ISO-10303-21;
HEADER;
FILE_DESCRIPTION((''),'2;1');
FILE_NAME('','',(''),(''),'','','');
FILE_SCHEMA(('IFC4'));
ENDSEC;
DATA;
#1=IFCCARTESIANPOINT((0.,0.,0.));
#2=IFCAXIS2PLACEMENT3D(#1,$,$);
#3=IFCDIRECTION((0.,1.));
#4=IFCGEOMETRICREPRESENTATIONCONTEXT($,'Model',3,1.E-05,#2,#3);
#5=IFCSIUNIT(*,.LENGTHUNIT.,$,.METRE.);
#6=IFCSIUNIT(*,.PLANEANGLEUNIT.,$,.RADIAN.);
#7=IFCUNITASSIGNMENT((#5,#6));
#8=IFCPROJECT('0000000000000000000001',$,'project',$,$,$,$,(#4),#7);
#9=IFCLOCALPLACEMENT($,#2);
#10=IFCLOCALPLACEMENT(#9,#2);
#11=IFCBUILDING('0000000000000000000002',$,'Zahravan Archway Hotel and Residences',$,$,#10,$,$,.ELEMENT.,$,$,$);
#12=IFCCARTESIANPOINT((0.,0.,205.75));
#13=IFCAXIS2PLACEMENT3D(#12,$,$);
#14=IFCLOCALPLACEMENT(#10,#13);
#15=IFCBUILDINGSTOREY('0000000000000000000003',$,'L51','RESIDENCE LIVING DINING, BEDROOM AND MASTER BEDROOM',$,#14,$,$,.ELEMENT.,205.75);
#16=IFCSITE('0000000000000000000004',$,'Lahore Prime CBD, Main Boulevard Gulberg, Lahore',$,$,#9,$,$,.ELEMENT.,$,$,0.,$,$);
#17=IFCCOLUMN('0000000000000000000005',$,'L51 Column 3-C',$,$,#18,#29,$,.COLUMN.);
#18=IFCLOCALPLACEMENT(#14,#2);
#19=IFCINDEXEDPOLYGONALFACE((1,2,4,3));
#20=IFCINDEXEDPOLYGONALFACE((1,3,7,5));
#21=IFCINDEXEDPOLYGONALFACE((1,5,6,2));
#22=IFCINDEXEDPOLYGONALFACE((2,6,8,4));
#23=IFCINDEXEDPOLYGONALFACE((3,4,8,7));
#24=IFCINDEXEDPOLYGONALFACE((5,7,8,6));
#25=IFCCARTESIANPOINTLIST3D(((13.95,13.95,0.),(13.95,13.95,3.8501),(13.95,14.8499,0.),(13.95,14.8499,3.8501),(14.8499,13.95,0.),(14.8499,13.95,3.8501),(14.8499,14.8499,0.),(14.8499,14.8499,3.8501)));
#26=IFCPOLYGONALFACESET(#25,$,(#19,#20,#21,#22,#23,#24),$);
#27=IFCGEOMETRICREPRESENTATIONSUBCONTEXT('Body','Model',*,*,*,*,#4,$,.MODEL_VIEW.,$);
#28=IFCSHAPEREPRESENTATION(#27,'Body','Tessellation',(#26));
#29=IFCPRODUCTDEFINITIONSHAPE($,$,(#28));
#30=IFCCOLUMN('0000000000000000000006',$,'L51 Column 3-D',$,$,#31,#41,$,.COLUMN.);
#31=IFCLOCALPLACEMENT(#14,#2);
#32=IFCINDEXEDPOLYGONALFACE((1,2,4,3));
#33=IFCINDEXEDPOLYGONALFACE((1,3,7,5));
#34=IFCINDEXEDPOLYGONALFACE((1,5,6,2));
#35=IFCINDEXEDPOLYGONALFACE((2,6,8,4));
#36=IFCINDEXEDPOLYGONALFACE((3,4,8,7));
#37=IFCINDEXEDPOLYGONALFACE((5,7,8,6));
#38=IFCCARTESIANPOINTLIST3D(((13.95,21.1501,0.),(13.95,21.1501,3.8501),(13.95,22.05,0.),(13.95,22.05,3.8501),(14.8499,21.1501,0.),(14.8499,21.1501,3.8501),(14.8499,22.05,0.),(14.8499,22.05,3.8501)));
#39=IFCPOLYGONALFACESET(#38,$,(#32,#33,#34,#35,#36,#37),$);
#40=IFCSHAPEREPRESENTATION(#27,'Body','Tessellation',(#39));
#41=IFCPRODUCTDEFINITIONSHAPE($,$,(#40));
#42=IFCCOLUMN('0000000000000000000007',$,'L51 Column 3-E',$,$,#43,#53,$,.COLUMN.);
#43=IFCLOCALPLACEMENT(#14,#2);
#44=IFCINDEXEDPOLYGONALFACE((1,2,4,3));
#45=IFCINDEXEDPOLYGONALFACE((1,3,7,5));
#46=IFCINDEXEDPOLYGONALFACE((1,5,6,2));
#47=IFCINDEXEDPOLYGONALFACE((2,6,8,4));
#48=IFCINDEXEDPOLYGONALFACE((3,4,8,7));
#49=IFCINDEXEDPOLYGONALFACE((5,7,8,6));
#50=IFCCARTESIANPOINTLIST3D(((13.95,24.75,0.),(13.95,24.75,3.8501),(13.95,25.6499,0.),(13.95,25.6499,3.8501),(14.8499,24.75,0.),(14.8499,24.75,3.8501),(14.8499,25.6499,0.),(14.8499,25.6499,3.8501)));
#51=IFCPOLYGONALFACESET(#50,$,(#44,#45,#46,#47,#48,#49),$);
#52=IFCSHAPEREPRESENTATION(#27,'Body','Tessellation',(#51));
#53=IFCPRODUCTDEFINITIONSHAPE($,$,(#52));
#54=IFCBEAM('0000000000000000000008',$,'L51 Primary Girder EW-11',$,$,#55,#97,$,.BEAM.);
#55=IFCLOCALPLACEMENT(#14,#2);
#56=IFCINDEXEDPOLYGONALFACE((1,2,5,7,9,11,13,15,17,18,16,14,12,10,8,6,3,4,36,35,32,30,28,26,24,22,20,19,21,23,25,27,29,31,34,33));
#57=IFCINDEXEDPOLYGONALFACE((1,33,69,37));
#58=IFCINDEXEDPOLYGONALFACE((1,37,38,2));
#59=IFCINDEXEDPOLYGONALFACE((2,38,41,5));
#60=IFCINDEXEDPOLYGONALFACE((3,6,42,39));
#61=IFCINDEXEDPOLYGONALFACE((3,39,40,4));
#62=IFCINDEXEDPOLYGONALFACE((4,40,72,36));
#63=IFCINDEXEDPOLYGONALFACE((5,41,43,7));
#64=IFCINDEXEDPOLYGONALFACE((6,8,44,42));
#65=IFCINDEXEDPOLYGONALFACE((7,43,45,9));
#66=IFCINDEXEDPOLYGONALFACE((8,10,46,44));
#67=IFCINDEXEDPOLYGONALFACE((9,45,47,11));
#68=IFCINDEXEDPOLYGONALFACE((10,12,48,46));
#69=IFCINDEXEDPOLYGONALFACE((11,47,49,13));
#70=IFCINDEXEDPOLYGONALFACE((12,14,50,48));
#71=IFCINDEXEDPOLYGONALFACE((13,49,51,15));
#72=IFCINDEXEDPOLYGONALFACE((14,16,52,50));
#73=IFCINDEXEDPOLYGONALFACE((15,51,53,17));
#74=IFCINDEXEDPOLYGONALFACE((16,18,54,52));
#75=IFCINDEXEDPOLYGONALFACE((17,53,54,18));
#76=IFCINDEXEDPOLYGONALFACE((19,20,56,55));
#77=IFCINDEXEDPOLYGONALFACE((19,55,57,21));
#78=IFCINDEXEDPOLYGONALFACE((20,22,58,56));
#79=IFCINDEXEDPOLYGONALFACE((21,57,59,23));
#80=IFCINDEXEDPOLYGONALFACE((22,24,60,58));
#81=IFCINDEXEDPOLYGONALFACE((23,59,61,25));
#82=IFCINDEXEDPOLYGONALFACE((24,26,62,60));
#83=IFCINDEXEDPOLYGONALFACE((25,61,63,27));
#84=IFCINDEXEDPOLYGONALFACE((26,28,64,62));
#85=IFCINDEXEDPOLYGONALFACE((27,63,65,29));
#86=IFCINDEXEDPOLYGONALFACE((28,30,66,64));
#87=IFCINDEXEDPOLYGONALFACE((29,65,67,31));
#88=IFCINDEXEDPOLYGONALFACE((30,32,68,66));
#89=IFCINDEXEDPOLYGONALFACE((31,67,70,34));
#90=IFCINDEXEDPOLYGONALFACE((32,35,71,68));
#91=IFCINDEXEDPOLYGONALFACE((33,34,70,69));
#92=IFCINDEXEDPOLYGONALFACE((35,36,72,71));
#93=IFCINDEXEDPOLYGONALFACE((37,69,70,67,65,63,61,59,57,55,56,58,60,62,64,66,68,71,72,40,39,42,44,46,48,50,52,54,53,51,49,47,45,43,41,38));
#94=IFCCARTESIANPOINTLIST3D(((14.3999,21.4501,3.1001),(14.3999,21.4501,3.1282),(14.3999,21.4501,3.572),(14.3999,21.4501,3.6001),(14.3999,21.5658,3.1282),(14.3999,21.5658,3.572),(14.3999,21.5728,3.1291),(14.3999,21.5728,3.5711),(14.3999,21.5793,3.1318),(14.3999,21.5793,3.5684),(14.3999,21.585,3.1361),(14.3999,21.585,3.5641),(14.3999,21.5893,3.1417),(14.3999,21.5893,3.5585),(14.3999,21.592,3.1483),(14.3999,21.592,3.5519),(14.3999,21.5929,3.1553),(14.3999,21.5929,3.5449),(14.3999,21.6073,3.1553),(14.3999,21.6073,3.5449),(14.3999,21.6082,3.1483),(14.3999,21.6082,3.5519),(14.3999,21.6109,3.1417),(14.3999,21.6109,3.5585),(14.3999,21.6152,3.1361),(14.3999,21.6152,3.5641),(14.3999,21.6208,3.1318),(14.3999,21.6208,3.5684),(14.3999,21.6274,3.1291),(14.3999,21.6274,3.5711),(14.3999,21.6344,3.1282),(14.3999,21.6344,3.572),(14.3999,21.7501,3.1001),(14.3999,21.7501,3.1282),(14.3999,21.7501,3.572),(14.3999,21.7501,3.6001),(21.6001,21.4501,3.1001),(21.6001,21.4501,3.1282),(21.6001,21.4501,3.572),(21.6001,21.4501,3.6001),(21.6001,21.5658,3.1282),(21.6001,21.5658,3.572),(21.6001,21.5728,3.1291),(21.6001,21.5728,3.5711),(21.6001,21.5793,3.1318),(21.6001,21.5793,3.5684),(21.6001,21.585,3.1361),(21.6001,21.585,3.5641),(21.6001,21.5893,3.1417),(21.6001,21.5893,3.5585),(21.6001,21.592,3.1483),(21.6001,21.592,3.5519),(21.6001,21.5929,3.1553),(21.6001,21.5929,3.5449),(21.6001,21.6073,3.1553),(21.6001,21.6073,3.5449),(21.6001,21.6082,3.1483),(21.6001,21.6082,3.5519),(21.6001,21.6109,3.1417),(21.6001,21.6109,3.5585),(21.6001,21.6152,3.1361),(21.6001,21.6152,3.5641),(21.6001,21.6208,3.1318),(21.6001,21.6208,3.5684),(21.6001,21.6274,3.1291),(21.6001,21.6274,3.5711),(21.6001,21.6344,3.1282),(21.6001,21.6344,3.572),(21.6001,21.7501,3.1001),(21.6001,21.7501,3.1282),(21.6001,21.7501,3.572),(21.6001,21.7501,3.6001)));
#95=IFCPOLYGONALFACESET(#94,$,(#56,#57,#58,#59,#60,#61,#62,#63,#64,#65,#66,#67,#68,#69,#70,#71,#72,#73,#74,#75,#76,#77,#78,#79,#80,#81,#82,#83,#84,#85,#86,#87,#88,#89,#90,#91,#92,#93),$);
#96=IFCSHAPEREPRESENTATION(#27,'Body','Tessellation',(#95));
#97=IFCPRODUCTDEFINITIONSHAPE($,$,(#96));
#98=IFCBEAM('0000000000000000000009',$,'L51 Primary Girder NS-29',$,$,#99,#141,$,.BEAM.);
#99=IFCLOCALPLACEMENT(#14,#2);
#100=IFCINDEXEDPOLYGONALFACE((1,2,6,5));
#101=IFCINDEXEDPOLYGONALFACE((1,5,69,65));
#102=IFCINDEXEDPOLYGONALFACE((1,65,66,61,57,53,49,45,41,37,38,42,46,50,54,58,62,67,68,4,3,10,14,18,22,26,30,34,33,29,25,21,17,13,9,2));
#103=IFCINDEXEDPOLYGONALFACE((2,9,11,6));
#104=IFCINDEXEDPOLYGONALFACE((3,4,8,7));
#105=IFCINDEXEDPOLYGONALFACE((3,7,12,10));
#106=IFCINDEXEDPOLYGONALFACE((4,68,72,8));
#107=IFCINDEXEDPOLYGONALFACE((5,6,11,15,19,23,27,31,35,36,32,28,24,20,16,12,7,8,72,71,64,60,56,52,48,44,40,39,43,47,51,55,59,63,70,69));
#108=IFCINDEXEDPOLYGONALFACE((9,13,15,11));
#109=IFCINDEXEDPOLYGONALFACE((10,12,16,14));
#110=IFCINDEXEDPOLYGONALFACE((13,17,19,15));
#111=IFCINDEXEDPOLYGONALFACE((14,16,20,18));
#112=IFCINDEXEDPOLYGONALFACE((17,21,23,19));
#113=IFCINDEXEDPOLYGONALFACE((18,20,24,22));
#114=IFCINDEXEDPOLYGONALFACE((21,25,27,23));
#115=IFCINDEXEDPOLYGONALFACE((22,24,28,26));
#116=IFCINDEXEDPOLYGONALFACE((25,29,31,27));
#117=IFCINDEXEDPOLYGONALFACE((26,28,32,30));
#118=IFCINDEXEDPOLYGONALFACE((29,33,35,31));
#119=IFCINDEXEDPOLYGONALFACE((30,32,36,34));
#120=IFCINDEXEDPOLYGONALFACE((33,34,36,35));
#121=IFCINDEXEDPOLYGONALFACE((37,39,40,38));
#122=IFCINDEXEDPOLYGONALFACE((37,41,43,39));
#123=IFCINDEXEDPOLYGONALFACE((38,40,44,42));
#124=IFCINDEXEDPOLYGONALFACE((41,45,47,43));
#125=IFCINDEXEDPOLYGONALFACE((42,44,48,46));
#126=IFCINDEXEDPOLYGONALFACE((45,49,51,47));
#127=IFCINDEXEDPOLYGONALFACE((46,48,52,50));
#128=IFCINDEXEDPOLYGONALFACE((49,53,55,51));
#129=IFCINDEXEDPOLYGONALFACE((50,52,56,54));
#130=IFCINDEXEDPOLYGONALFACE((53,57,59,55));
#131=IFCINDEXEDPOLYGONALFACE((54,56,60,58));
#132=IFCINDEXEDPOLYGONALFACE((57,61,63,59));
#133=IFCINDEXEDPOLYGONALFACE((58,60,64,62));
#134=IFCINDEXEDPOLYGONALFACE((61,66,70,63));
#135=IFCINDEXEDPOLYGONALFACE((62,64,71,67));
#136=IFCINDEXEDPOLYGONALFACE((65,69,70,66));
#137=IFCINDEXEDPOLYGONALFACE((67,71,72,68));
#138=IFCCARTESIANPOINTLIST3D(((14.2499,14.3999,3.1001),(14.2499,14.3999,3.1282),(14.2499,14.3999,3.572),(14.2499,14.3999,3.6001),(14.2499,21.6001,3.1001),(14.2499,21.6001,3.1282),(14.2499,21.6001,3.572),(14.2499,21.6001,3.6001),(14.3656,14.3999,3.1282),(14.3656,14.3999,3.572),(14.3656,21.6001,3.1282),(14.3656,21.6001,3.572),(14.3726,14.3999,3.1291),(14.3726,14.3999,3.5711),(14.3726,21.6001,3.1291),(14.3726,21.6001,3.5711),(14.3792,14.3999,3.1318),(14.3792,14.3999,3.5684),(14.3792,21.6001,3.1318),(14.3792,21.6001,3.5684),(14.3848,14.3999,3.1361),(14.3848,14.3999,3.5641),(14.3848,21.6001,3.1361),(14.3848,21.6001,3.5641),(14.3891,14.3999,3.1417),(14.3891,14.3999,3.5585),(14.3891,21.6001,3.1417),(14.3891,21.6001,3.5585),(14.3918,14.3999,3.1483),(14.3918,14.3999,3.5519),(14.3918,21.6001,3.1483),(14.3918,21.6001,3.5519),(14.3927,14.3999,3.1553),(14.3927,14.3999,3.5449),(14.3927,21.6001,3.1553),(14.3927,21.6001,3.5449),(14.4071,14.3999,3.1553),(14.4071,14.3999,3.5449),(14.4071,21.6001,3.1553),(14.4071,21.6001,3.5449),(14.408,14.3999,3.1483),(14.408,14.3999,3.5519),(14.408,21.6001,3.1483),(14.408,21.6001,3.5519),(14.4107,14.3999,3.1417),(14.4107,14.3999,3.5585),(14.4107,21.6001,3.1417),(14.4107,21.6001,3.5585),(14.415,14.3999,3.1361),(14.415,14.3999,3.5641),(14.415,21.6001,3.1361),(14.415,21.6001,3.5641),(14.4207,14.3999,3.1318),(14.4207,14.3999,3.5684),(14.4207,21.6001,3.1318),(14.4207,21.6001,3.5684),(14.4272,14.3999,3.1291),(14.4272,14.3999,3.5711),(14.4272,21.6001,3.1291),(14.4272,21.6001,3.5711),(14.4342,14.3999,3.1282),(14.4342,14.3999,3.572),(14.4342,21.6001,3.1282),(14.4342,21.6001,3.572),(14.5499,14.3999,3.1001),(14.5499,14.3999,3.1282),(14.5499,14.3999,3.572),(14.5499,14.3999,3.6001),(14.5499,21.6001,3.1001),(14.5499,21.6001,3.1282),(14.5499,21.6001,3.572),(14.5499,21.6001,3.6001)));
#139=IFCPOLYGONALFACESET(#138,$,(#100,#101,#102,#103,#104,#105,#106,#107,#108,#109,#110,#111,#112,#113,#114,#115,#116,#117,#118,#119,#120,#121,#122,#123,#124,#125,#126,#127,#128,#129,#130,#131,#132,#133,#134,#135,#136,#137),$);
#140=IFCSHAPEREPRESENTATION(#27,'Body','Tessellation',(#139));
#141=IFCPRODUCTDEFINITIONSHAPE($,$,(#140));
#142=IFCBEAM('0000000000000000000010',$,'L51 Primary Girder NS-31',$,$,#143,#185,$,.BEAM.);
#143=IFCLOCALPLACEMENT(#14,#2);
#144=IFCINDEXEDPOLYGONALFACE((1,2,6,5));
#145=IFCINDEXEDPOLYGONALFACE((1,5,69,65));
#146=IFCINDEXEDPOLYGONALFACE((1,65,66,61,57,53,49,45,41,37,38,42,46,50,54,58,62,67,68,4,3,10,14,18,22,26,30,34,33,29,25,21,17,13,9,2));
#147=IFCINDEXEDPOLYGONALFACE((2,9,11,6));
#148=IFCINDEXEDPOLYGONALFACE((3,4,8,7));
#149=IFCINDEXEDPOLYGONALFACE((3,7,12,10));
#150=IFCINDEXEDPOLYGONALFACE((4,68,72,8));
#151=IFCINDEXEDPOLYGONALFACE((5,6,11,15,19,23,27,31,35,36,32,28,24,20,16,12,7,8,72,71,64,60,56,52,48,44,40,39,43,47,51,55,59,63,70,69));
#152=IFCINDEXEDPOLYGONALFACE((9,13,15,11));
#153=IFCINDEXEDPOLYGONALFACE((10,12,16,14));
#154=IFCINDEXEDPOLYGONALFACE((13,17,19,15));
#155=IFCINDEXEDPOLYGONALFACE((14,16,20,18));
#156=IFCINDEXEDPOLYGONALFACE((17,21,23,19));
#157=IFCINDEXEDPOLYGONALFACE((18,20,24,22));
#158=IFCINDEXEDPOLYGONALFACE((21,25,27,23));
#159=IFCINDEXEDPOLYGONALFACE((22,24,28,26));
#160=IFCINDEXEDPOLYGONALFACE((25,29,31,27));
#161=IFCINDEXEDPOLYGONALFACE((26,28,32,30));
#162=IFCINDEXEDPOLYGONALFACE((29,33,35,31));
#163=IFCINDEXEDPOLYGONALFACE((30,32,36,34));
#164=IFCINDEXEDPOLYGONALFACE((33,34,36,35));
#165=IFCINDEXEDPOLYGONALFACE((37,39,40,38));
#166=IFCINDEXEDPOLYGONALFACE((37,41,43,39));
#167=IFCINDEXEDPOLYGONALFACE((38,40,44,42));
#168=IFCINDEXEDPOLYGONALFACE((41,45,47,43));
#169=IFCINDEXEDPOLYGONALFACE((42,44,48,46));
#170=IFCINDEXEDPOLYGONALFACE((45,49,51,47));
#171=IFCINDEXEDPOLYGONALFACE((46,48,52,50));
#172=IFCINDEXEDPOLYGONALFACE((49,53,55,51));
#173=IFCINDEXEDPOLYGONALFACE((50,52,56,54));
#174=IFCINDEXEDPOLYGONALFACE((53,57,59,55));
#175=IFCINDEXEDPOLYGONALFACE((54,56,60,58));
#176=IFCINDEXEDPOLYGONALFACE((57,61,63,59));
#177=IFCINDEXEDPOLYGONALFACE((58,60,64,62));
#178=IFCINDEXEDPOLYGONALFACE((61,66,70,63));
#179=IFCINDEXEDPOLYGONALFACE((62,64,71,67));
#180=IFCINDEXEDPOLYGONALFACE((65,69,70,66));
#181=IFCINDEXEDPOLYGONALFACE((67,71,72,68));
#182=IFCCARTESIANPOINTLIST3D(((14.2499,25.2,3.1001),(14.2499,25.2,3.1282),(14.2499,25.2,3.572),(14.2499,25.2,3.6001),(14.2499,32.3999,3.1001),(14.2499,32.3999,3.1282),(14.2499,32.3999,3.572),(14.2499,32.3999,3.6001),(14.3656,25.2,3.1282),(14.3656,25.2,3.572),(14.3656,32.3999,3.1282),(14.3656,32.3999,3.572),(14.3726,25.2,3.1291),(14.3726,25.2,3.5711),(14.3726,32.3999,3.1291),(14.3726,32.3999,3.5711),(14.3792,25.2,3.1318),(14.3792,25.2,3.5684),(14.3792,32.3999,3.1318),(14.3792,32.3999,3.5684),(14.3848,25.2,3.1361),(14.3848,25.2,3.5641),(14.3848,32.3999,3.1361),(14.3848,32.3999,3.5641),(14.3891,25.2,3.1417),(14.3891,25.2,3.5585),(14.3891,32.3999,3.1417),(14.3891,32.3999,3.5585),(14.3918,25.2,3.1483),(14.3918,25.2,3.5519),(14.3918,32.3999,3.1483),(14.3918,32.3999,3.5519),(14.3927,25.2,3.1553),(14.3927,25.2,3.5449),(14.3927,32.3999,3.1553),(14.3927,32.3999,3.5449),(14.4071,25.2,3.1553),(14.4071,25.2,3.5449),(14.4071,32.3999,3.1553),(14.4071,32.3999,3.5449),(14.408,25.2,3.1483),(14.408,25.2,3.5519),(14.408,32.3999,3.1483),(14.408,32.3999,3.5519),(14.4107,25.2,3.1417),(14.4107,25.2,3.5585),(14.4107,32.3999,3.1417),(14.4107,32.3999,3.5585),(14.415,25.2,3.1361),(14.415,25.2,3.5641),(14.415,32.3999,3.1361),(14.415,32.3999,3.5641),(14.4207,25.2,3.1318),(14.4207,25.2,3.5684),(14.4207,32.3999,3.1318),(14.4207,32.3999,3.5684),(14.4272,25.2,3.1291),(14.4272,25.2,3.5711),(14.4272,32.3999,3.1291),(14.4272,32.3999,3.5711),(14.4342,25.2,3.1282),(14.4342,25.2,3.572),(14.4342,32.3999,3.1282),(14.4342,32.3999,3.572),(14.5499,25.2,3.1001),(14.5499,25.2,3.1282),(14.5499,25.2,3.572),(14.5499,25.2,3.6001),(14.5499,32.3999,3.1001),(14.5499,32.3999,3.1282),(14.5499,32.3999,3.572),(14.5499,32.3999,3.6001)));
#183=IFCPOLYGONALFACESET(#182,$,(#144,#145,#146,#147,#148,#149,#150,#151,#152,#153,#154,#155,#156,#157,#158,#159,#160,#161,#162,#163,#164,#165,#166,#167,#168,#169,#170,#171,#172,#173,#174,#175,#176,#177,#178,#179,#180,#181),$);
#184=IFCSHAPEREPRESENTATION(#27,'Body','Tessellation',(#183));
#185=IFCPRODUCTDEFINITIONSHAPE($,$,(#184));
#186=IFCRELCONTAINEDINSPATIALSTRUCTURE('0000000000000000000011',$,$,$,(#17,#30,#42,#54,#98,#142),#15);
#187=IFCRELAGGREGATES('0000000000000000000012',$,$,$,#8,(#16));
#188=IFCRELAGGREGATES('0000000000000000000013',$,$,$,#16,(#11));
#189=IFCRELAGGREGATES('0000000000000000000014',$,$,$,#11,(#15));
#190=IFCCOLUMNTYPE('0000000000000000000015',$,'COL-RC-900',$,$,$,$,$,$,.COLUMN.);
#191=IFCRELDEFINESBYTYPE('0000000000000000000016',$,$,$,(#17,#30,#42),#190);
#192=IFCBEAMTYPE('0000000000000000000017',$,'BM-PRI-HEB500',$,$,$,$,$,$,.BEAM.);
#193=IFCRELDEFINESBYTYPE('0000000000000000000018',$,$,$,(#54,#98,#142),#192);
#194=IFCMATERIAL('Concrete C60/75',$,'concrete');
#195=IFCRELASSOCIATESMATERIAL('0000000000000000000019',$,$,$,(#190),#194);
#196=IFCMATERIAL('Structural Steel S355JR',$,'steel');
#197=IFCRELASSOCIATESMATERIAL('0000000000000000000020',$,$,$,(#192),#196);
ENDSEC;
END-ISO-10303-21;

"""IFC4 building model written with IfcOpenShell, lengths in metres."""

from ifc_helpers import new_model, si_unit, direction, frame, origin, origin_2d, place, context, subcontext, project, spatial, rectangle, i_section, extrude, source, transform, mapped, material, material_profile, profile_set, type_object, type_shapes, element, save


model = new_model("IFC4")

# Units and contexts
model_context = context("Model", 3, precision=1e-05, world=origin(), true_north=direction((0.0, 1.0)))
body_context = subcontext(model_context, "Body", "Model", "MODEL_VIEW")
ifc_project = project(units=[si_unit("LENGTHUNIT", "METRE"), si_unit("PLANEANGLEUNIT", "RADIAN")], contexts=[model_context])

# Site, building, storey
site_placement = place(None, origin())
site = spatial("IfcSite", under=ifc_project, at=site_placement, Name="Lahore Prime CBD, Main Boulevard Gulberg, Lahore", CompositionType="ELEMENT", RefElevation=0.0)
building_placement = place(site_placement, origin())
building = spatial("IfcBuilding", under=site, at=building_placement, Name="Zahravan Archway Hotel and Residences", CompositionType="ELEMENT")
storey_placement = place(building_placement, frame((0.0, 0.0, 205.75)))
storey = spatial("IfcBuildingStorey", under=building, at=storey_placement, Name="L51", Description="RESIDENCE LIVING DINING, BEDROOM AND MASTER BEDROOM", CompositionType="ELEMENT", Elevation=205.75)

# Columns
ifc_material_1 = material(Name="Concrete C60/75", Category="concrete")
ifc_material_profile_1 = material_profile(ifc_material_1, rectangle(XDim=0.8999, YDim=0.8999, at=origin_2d()), Name="RC-COL-900x900", Category="concrete")
ifc_profile_set_1 = profile_set([ifc_material_profile_1], Name="Concrete C60/75")
column_type = type_object("IfcColumnType", Name="COL-RC-900", PredefinedType="COLUMN", material=ifc_profile_set_1)
shared_shape_1 = source(origin(), body_context, "Body", "SweptSolid", [
    extrude(rectangle(XDim=0.8999, YDim=0.8999, at=origin_2d()), origin(), (0.0, 0.0, 1.0), 3.8501),
])
type_shapes(column_type, [shared_shape_1])
for number, where, z_axis, x_axis, name in (
    (1, (14.3999, 14.3999, 0.0), (0.0, 0.0, 1.0), (1.0, 0.0, 0.0), "L51 Column 3-C"),
    (2, (14.3999, 21.6001, 0.0), (0.0, 0.0, 1.0), (1.0, 0.0, 0.0), "L51 Column 3-D"),
    (3, (14.3999, 25.2, 0.0), (0.0, 0.0, 1.0), (1.0, 0.0, 0.0), "L51 Column 3-E"),
):
    element("IfcColumn", number, at=place(storey_placement, frame(where, z_axis=z_axis, x_axis=x_axis)), inside=storey, type_object=column_type, Name=name, PredefinedType="COLUMN", context=body_context, shape_type="MappedRepresentation", body=[
        mapped(shared_shape_1, transform((0.0, 0.0, 0.0), scale=1.0)),
    ])

# Beams
ifc_material_2 = material(Name="Structural Steel S355JR", Category="steel")
ifc_material_profile_2 = material_profile(ifc_material_2, i_section(OverallWidth=0.3, OverallDepth=0.5, WebThickness=0.0144, FlangeThickness=0.0281, FilletRadius=0.0271, at=origin_2d()), Name="HEB 500", Category="steel")
ifc_profile_set_2 = profile_set([ifc_material_profile_2], Name="Structural Steel S355JR")
beam_type_1 = type_object("IfcBeamType", Name="BM-PRI-HEB500", PredefinedType="BEAM", material=ifc_profile_set_2)
shared_shape_2 = source(origin(), body_context, "Body", "SweptSolid", [
    extrude(i_section(OverallWidth=0.3, OverallDepth=0.5, WebThickness=0.0144, FlangeThickness=0.0281, FilletRadius=0.0271, at=origin_2d()), origin(), (0.0, 0.0, 1.0), 7.2002),
])
type_shapes(beam_type_1, [shared_shape_2])
for number, where, z_axis, x_axis, name in (
    (4, (14.3999, 21.6001, 3.3501), (1.0, 0.0, 0.0), (0.0, 1.0, 0.0), "L51 Primary Girder EW-11"),
    (5, (14.3999, 14.3999, 3.3501), (0.0, 1.0, 0.0), (-1.0, 0.0, 0.0), "L51 Primary Girder NS-29"),
):
    element("IfcBeam", number, at=place(storey_placement, frame(where, z_axis=z_axis, x_axis=x_axis)), inside=storey, type_object=beam_type_1, Name=name, PredefinedType="BEAM", context=body_context, shape_type="MappedRepresentation", body=[
        mapped(shared_shape_2, transform((0.0, 0.0, 0.0), scale=1.0)),
    ])
shared_shape_3 = source(origin(), body_context, "Body", "SweptSolid", [
    extrude(i_section(OverallWidth=0.3, OverallDepth=0.5, WebThickness=0.0144, FlangeThickness=0.0281, FilletRadius=0.0271, at=origin_2d()), origin(), (0.0, 0.0, 1.0), 7.2),
])
beam_1_placement = place(storey_placement, frame((14.3999, 25.2, 3.3501), z_axis=(0.0, 1.0, 0.0), x_axis=(-1.0, 0.0, 0.0)))
element("IfcBeam", 6, at=beam_1_placement, inside=storey, type_object=beam_type_1, Name="L51 Primary Girder NS-31", PredefinedType="BEAM", context=body_context, shape_type="MappedRepresentation", body=[
    mapped(shared_shape_3, transform((0.0, 0.0, 0.0), scale=1.0)),
])

save(model, "model.ifc")
